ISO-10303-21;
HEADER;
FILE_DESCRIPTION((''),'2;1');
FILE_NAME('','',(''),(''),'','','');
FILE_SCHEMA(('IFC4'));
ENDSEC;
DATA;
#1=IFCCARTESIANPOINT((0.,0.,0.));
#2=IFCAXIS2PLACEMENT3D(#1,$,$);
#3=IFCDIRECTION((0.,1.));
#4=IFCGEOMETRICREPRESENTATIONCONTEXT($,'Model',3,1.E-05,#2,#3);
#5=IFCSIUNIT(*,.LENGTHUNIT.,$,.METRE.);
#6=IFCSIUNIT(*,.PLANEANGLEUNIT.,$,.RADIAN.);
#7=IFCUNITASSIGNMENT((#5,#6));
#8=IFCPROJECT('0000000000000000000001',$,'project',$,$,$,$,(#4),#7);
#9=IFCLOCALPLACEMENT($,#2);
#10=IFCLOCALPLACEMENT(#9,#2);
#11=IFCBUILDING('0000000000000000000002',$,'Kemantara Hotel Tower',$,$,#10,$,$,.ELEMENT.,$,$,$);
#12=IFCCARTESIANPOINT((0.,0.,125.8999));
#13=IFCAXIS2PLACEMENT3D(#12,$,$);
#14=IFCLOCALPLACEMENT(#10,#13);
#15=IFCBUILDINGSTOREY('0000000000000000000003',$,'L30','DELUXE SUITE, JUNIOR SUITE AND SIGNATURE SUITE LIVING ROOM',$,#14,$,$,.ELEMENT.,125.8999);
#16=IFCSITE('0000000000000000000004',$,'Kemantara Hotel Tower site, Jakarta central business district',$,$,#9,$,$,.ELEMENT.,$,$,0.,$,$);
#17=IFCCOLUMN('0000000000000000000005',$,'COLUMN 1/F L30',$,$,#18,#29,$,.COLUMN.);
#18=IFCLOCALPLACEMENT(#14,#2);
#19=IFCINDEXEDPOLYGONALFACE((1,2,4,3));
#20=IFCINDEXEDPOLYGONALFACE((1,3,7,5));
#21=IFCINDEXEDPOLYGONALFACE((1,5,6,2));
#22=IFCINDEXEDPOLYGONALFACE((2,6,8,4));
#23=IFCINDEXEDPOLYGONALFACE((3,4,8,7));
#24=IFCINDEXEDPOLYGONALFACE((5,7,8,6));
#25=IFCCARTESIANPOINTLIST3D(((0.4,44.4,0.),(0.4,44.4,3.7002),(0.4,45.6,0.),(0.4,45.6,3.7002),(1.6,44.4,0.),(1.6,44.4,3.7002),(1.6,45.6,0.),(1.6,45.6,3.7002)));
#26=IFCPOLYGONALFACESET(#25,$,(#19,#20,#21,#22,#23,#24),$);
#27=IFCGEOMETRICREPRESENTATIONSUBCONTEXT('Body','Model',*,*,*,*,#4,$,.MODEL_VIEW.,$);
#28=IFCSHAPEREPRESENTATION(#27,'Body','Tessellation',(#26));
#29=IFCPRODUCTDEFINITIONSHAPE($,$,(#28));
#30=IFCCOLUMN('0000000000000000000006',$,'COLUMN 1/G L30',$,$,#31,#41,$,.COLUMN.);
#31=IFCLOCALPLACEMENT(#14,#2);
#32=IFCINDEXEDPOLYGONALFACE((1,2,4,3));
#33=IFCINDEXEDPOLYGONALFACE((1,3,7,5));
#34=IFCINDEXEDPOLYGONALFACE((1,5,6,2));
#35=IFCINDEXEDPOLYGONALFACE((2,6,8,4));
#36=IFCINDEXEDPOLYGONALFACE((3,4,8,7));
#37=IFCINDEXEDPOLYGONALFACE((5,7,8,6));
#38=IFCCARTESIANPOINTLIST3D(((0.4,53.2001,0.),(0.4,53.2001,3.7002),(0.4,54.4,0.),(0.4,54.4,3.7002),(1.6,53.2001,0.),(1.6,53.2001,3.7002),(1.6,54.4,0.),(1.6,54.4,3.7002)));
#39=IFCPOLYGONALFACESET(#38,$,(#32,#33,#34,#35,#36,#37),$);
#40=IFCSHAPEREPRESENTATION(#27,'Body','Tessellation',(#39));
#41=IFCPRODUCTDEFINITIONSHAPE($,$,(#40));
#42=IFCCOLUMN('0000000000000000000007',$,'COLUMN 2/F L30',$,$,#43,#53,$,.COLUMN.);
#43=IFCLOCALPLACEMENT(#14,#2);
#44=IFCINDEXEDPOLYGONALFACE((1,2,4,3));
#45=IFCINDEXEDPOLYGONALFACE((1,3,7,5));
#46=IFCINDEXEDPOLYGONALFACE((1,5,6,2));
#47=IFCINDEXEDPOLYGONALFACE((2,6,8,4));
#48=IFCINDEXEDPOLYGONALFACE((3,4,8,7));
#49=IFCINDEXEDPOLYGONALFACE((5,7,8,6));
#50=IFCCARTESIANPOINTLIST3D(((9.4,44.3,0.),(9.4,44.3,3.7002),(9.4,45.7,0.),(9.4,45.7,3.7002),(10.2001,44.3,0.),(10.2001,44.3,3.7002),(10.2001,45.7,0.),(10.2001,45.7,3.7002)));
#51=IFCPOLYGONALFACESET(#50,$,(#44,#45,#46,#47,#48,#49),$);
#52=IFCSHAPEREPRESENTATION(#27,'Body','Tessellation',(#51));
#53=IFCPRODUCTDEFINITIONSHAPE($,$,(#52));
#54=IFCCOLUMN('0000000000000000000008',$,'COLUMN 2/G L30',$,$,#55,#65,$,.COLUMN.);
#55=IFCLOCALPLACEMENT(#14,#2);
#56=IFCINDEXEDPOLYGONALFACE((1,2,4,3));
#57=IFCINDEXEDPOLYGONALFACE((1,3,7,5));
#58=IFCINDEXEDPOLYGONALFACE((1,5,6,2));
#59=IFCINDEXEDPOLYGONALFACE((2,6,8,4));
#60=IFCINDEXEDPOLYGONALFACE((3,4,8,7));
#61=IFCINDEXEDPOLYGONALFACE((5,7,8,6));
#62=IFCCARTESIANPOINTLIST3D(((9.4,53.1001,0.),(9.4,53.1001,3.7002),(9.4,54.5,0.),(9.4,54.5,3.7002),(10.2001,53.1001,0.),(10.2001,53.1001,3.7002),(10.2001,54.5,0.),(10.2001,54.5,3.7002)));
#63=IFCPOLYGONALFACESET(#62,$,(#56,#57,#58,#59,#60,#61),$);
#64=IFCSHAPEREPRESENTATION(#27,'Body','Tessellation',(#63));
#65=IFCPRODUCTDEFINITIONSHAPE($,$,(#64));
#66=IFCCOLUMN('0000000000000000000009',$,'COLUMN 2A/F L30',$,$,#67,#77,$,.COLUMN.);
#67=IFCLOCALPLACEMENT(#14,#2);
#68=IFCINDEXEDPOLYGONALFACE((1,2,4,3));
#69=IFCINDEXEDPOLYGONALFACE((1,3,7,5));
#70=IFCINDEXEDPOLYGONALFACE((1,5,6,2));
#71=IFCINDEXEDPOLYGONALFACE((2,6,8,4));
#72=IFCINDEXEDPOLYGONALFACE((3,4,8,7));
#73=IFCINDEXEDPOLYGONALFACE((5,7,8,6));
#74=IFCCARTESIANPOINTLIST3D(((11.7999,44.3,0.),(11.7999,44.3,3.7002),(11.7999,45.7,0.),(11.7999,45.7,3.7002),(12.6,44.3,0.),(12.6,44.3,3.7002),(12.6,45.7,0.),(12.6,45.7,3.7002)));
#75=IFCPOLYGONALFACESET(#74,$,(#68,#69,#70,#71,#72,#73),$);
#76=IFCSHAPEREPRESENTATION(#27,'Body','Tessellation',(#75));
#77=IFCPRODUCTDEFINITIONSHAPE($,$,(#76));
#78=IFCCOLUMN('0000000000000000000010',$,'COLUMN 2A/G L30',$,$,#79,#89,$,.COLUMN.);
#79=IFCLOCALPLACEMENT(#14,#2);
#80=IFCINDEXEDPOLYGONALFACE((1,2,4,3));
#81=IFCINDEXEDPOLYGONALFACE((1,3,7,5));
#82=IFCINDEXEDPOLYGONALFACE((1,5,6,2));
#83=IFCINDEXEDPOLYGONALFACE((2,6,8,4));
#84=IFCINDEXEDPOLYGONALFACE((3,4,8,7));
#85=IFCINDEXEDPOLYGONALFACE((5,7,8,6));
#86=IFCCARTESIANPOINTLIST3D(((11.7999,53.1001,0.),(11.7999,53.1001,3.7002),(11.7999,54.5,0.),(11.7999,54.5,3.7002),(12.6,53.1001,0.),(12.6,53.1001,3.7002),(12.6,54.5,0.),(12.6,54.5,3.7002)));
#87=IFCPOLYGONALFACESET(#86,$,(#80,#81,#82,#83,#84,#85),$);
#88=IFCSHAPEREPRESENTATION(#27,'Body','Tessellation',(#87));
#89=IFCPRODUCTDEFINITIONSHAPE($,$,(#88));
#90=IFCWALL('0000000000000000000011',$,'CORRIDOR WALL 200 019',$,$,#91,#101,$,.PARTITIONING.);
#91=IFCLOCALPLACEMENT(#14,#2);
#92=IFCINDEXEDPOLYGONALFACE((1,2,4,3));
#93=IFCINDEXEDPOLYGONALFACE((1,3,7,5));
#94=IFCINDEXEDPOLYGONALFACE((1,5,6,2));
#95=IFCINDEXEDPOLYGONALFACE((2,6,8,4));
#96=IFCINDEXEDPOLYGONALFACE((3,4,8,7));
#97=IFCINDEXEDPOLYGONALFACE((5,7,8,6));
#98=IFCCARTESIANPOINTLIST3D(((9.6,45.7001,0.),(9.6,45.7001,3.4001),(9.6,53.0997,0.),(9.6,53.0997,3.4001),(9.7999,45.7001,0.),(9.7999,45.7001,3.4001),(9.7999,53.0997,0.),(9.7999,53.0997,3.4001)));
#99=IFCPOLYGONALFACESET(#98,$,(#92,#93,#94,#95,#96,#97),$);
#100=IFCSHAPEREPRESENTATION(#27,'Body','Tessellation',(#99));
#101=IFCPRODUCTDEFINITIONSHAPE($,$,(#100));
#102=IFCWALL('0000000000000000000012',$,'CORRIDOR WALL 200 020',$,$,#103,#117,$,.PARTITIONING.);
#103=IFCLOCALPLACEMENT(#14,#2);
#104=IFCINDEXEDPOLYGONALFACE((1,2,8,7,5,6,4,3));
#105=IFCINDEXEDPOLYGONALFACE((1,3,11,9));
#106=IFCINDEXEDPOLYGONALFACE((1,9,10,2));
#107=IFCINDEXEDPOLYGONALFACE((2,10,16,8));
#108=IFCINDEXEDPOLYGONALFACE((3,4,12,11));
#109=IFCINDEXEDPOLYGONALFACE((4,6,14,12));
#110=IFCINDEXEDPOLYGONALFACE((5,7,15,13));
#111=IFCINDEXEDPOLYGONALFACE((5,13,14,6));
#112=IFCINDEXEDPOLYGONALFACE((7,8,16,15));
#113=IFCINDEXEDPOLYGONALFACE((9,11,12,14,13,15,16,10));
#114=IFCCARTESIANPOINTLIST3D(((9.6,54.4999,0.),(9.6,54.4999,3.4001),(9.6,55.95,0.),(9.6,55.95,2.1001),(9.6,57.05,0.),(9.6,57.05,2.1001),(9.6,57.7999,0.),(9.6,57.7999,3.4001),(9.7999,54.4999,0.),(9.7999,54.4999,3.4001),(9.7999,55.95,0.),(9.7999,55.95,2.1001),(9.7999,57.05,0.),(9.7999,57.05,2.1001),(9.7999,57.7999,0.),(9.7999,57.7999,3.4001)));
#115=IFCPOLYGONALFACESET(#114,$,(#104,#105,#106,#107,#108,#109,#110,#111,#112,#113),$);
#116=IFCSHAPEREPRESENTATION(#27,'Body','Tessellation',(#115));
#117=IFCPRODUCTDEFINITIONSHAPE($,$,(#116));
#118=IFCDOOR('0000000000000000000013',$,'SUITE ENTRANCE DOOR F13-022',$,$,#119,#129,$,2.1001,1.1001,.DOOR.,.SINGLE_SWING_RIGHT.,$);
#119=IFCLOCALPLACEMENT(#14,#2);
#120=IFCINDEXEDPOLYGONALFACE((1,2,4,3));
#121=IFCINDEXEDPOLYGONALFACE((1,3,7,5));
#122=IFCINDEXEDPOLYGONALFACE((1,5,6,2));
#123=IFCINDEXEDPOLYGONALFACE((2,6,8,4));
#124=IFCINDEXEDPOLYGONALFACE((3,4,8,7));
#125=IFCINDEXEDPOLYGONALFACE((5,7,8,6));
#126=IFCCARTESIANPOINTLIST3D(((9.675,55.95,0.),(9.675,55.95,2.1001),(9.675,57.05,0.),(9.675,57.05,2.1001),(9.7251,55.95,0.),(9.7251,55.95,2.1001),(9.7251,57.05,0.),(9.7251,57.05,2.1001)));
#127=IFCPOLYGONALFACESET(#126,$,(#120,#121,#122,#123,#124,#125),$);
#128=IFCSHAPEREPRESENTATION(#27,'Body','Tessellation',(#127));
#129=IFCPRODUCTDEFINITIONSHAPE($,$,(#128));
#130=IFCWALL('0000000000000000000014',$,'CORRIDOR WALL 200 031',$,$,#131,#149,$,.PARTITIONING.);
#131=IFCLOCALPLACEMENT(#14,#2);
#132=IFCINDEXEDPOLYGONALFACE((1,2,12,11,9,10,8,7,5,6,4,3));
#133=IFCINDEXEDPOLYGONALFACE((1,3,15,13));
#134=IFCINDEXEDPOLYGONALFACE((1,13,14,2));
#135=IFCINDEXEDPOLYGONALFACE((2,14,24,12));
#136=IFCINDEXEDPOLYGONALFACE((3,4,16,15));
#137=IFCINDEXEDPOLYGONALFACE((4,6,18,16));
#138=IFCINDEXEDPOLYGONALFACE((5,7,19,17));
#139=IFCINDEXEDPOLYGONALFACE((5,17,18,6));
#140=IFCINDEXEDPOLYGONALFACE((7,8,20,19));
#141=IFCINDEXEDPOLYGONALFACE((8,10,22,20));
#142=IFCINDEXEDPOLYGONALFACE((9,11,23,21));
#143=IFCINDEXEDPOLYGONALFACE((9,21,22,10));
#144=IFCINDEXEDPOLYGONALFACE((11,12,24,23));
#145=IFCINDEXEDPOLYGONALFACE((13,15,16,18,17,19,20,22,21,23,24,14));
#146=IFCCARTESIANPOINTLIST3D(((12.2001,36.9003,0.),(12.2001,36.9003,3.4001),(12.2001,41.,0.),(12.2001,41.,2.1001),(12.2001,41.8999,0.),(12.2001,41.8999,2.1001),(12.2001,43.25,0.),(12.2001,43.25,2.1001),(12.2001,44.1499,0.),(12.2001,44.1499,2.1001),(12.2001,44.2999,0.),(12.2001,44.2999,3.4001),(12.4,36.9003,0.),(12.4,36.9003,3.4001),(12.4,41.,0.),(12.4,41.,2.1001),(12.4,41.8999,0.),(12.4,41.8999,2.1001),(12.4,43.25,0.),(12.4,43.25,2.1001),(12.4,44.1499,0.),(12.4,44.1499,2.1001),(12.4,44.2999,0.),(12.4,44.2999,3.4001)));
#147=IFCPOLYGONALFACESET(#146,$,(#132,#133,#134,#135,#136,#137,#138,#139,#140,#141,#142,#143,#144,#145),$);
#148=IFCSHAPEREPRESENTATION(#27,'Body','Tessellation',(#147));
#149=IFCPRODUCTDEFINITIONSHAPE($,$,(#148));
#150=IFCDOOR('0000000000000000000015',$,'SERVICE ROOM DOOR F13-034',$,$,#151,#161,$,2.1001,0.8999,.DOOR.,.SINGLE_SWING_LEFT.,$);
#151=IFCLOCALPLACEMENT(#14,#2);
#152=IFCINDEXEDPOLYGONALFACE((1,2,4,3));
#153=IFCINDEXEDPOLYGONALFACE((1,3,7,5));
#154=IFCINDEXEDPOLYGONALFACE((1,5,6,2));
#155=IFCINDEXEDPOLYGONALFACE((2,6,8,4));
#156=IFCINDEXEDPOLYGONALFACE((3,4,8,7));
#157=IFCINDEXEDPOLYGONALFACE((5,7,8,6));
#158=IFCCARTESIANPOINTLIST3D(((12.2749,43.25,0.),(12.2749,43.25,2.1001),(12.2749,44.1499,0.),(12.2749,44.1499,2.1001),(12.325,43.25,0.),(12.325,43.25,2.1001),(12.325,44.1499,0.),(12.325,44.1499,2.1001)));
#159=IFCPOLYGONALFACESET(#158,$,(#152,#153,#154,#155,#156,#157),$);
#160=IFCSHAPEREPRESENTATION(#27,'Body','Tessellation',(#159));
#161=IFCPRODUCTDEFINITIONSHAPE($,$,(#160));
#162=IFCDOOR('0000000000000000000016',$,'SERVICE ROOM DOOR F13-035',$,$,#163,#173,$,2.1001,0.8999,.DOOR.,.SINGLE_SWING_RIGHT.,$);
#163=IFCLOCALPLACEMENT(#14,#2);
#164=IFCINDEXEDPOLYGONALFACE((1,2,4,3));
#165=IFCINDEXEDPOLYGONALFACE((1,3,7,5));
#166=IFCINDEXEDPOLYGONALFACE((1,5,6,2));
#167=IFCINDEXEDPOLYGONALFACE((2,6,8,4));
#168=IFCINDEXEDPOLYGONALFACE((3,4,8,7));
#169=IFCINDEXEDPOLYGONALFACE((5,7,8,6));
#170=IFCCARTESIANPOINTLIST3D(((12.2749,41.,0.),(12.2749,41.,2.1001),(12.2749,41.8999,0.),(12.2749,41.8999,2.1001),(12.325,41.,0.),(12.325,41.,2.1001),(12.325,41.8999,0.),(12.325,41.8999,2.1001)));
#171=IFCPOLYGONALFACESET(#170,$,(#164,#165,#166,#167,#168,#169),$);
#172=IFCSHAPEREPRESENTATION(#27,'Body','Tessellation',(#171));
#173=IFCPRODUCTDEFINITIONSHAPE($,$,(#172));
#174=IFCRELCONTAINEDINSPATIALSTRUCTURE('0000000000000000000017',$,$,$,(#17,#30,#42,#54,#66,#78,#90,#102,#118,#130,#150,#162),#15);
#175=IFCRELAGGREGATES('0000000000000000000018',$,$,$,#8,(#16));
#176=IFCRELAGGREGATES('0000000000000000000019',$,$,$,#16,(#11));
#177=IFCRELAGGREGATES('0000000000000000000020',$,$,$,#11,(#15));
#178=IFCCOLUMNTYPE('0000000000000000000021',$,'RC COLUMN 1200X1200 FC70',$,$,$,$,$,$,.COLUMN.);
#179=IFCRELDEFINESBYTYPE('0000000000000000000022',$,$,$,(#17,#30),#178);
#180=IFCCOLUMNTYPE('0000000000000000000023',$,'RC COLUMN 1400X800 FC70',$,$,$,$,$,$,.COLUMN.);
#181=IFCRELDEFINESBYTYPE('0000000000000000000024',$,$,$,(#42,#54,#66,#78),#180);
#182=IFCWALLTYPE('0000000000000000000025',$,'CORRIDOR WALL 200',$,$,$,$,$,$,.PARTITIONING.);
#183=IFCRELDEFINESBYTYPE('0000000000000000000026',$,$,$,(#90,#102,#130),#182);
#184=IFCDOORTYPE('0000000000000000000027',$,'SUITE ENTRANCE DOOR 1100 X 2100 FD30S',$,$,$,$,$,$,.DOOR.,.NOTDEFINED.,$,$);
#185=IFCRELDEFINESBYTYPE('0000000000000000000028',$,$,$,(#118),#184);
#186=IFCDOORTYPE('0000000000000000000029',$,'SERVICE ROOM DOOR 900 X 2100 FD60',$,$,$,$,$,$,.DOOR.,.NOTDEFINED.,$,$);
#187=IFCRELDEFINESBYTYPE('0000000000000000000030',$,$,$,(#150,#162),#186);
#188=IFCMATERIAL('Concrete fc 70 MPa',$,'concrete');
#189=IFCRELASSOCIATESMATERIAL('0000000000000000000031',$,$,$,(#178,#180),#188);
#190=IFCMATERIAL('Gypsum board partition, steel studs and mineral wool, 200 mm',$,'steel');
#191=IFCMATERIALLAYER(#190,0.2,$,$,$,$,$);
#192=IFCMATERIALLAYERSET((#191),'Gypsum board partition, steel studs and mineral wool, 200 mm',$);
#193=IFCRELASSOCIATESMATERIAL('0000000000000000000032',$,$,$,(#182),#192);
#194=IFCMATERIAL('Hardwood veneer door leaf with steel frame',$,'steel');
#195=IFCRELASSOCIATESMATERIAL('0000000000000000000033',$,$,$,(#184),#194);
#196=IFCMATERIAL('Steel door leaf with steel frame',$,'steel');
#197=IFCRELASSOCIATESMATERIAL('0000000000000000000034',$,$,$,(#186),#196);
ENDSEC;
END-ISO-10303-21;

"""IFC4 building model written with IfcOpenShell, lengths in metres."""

from ifc_helpers import new_model, si_unit, direction, frame, frame_2d, origin, origin_2d, place, context, subcontext, project, spatial, rectangle, extrude, material, layer, layer_set, material_profile, profile_set, type_object, element, fill, save


model = new_model("IFC4")

# Units and contexts
model_context = context("Model", 3, precision=1e-05, world=origin(), true_north=direction((0.0, 1.0)))
body_context = subcontext(model_context, "Body", "Model", "MODEL_VIEW")
ifc_project = project(units=[si_unit("LENGTHUNIT", "METRE"), si_unit("PLANEANGLEUNIT", "RADIAN")], contexts=[model_context])

# Site, building, storey
site_placement = place(None, origin())
site = spatial("IfcSite", under=ifc_project, at=site_placement, Name="Kemantara Hotel Tower site, Jakarta central business district", CompositionType="ELEMENT", RefElevation=0.0)
building_placement = place(site_placement, origin())
building = spatial("IfcBuilding", under=site, at=building_placement, Name="Kemantara Hotel Tower", CompositionType="ELEMENT")
storey_placement = place(building_placement, frame((0.0, 0.0, 125.8999)))
storey = spatial("IfcBuildingStorey", under=building, at=storey_placement, Name="L30", Description="DELUXE SUITE, JUNIOR SUITE AND SIGNATURE SUITE LIVING ROOM", CompositionType="ELEMENT", Elevation=125.8999)

# Columns
ifc_material_1 = material(Name="Concrete fc 70 MPa", Category="concrete")
ifc_material_profile_1 = material_profile(ifc_material_1, rectangle(XDim=1.2, YDim=1.2, at=origin_2d()), Name="RC 1200X1200")
ifc_profile_set_1 = profile_set([ifc_material_profile_1], Name="Concrete fc 70 MPa")
column_type_1 = type_object("IfcColumnType", Name="RC COLUMN 1200X1200 FC70", PredefinedType="COLUMN", material=ifc_profile_set_1)
for number, where, z_axis, x_axis, name in (
    (1, (1.0, 45.0, 0.0), (0.0, 0.0, 1.0), (1.0, 0.0, 0.0), "COLUMN 1/F L30"),
    (2, (1.0, 53.8, 0.0), (0.0, 0.0, 1.0), (1.0, 0.0, 0.0), "COLUMN 1/G L30"),
):
    element("IfcColumn", number, at=place(storey_placement, frame(where, z_axis=z_axis, x_axis=x_axis)), inside=storey, type_object=column_type_1, Name=name, PredefinedType="COLUMN", context=body_context, shape_type="SweptSolid", body=[
        extrude(rectangle(XDim=1.2, YDim=1.2, at=origin_2d()), origin(), (0.0, 0.0, 1.0), 3.7002),
    ])
ifc_material_profile_2 = material_profile(ifc_material_1, rectangle(XDim=1.3999, YDim=0.8, at=origin_2d()), Name="RC 1400X800")
ifc_profile_set_2 = profile_set([ifc_material_profile_2], Name="Concrete fc 70 MPa")
column_type_2 = type_object("IfcColumnType", Name="RC COLUMN 1400X800 FC70", PredefinedType="COLUMN", material=ifc_profile_set_2)
for number, where, z_axis, x_axis, name in (
    (3, (9.8, 45.0, 0.0), (0.0, 0.0, 1.0), (0.0, 1.0, 0.0), "COLUMN 2/F L30"),
    (4, (9.8, 53.8, 0.0), (0.0, 0.0, 1.0), (0.0, 1.0, 0.0), "COLUMN 2/G L30"),
    (5, (12.2, 45.0, 0.0), (0.0, 0.0, 1.0), (0.0, 1.0, 0.0), "COLUMN 2A/F L30"),
    (6, (12.2, 53.8, 0.0), (0.0, 0.0, 1.0), (0.0, 1.0, 0.0), "COLUMN 2A/G L30"),
):
    element("IfcColumn", number, at=place(storey_placement, frame(where, z_axis=z_axis, x_axis=x_axis)), inside=storey, type_object=column_type_2, Name=name, PredefinedType="COLUMN", context=body_context, shape_type="SweptSolid", body=[
        extrude(rectangle(XDim=1.3999, YDim=0.8, at=origin_2d()), origin(), (0.0, 0.0, 1.0), 3.7002),
    ])

# Wall
ifc_material_2 = material(Name="Gypsum board partition, steel studs and mineral wool, 200 mm", Category="steel")
ifc_layer_1 = layer(ifc_material_2, 0.2)
ifc_layer_set_1 = layer_set([ifc_layer_1], Name="Gypsum board partition, steel studs and mineral wool, 200 mm")
wall_type_1 = type_object("IfcWallType", Name="CORRIDOR WALL 200", PredefinedType="PARTITIONING", material=ifc_layer_set_1)
wall_1_placement = place(storey_placement, frame((9.7, 45.7002, 0.0), z_axis=(0.0, 0.0, 1.0), x_axis=(0.0, 1.0, 0.0)))
element("IfcWall", 7, at=wall_1_placement, inside=storey, type_object=wall_type_1, Name="CORRIDOR WALL 200 019", PredefinedType="PARTITIONING", context=body_context, shape_type="SweptSolid", body=[
    extrude(rectangle(XDim=7.3997, YDim=0.2, at=frame_2d((3.6997, 0.0))), origin(), (0.0, 0.0, 1.0), 3.4001),
])

# Wall, opening, door
wall_2_placement = place(storey_placement, frame((9.7, 54.5, 0.0), z_axis=(0.0, 0.0, 1.0), x_axis=(0.0, 1.0, 0.0)))
wall_2 = element("IfcWall", 8, at=wall_2_placement, inside=storey, type_object=wall_type_1, Name="CORRIDOR WALL 200 020", PredefinedType="PARTITIONING", context=body_context, shape_type="SweptSolid", body=[
    extrude(rectangle(XDim=3.3, YDim=0.2, at=frame_2d((1.6499, 0.0))), origin(), (0.0, 0.0, 1.0), 3.4001),
])
opening_1_placement = place(wall_2_placement, frame((1.45, 0.0, 0.0)))
opening_1 = element("IfcOpeningElement", 9, at=opening_1_placement, cuts=wall_2, PredefinedType="OPENING", context=body_context, shape_type="SweptSolid", body=[
    extrude(rectangle(XDim=1.1001, YDim=2.1001, at=frame_2d((0.55, 1.05))), frame((0.0, 0.1099, 0.0), z_axis=(0.0, -1.0, 0.0), x_axis=(1.0, 0.0, 0.0)), (0.0, 0.0, 1.0), 0.22),
])
ifc_material_3 = material(Name="Hardwood veneer door leaf with steel frame", Category="steel")
door_type_1 = type_object("IfcDoorType", Name="SUITE ENTRANCE DOOR 1100 X 2100 FD30S", OperationType="NOTDEFINED", PredefinedType="DOOR", material=ifc_material_3)
door_1_placement = place(opening_1_placement, origin())
door_1 = element("IfcDoor", 10, at=door_1_placement, inside=storey, type_object=door_type_1, Name="SUITE ENTRANCE DOOR F13-022", OperationType="SINGLE_SWING_RIGHT", OverallHeight=2.1001, OverallWidth=1.1001, PredefinedType="DOOR", context=body_context, shape_type="SweptSolid", body=[
    extrude(rectangle(XDim=1.1001, YDim=2.1001, at=frame_2d((0.55, 1.05))), frame((0.0, 0.0249, 0.0), z_axis=(0.0, -1.0, 0.0), x_axis=(1.0, 0.0, 0.0)), (0.0, 0.0, 1.0), 0.05),
])
fill(opening_1, door_1)

# Wall, openings, doors
wall_3_placement = place(storey_placement, frame((12.3, 44.2998, 0.0), z_axis=(0.0, 0.0, 1.0), x_axis=(0.0, -1.0, 0.0)))
wall_3 = element("IfcWall", 11, at=wall_3_placement, inside=storey, type_object=wall_type_1, Name="CORRIDOR WALL 200 031", PredefinedType="PARTITIONING", context=body_context, shape_type="SweptSolid", body=[
    extrude(rectangle(XDim=7.3997, YDim=0.2, at=frame_2d((3.6997, 0.0))), origin(), (0.0, 0.0, 1.0), 3.4001),
])
opening_2_placement = place(wall_3_placement, frame((0.1499, 0.0, 0.0)))
opening_2 = element("IfcOpeningElement", 12, at=opening_2_placement, cuts=wall_3, PredefinedType="OPENING", context=body_context, shape_type="SweptSolid", body=[
    extrude(rectangle(XDim=0.8999, YDim=2.1001, at=frame_2d((0.45, 1.05))), frame((0.0, 0.1099, 0.0), z_axis=(0.0, -1.0, 0.0), x_axis=(1.0, 0.0, 0.0)), (0.0, 0.0, 1.0), 0.22),
])
opening_3_placement = place(wall_3_placement, frame((2.3999, 0.0, 0.0)))
opening_3 = element("IfcOpeningElement", 13, at=opening_3_placement, cuts=wall_3, PredefinedType="OPENING", context=body_context, shape_type="SweptSolid", body=[
    extrude(rectangle(XDim=0.8999, YDim=2.1001, at=frame_2d((0.45, 1.05))), frame((0.0, 0.1099, 0.0), z_axis=(0.0, -1.0, 0.0), x_axis=(1.0, 0.0, 0.0)), (0.0, 0.0, 1.0), 0.22),
])
ifc_material_4 = material(Name="Steel door leaf with steel frame", Category="steel")
door_type_2 = type_object("IfcDoorType", Name="SERVICE ROOM DOOR 900 X 2100 FD60", OperationType="NOTDEFINED", PredefinedType="DOOR", material=ifc_material_4)
door_2_placement = place(opening_2_placement, origin())
door_2 = element("IfcDoor", 14, at=door_2_placement, inside=storey, type_object=door_type_2, Name="SERVICE ROOM DOOR F13-034", OperationType="SINGLE_SWING_LEFT", OverallHeight=2.1001, OverallWidth=0.8999, PredefinedType="DOOR", context=body_context, shape_type="SweptSolid", body=[
    extrude(rectangle(XDim=0.8999, YDim=2.1001, at=frame_2d((0.45, 1.05))), frame((0.0, 0.0249, 0.0), z_axis=(0.0, -1.0, 0.0), x_axis=(1.0, 0.0, 0.0)), (0.0, 0.0, 1.0), 0.05),
])
fill(opening_2, door_2)
door_3_placement = place(opening_3_placement, origin())
door_3 = element("IfcDoor", 15, at=door_3_placement, inside=storey, type_object=door_type_2, Name="SERVICE ROOM DOOR F13-035", OperationType="SINGLE_SWING_RIGHT", OverallHeight=2.1001, OverallWidth=0.8999, PredefinedType="DOOR", context=body_context, shape_type="SweptSolid", body=[
    extrude(rectangle(XDim=0.8999, YDim=2.1001, at=frame_2d((0.45, 1.05))), frame((0.0, 0.0249, 0.0), z_axis=(0.0, -1.0, 0.0), x_axis=(1.0, 0.0, 0.0)), (0.0, 0.0, 1.0), 0.05),
])
fill(opening_3, door_3)

save(model, "model.ifc")
